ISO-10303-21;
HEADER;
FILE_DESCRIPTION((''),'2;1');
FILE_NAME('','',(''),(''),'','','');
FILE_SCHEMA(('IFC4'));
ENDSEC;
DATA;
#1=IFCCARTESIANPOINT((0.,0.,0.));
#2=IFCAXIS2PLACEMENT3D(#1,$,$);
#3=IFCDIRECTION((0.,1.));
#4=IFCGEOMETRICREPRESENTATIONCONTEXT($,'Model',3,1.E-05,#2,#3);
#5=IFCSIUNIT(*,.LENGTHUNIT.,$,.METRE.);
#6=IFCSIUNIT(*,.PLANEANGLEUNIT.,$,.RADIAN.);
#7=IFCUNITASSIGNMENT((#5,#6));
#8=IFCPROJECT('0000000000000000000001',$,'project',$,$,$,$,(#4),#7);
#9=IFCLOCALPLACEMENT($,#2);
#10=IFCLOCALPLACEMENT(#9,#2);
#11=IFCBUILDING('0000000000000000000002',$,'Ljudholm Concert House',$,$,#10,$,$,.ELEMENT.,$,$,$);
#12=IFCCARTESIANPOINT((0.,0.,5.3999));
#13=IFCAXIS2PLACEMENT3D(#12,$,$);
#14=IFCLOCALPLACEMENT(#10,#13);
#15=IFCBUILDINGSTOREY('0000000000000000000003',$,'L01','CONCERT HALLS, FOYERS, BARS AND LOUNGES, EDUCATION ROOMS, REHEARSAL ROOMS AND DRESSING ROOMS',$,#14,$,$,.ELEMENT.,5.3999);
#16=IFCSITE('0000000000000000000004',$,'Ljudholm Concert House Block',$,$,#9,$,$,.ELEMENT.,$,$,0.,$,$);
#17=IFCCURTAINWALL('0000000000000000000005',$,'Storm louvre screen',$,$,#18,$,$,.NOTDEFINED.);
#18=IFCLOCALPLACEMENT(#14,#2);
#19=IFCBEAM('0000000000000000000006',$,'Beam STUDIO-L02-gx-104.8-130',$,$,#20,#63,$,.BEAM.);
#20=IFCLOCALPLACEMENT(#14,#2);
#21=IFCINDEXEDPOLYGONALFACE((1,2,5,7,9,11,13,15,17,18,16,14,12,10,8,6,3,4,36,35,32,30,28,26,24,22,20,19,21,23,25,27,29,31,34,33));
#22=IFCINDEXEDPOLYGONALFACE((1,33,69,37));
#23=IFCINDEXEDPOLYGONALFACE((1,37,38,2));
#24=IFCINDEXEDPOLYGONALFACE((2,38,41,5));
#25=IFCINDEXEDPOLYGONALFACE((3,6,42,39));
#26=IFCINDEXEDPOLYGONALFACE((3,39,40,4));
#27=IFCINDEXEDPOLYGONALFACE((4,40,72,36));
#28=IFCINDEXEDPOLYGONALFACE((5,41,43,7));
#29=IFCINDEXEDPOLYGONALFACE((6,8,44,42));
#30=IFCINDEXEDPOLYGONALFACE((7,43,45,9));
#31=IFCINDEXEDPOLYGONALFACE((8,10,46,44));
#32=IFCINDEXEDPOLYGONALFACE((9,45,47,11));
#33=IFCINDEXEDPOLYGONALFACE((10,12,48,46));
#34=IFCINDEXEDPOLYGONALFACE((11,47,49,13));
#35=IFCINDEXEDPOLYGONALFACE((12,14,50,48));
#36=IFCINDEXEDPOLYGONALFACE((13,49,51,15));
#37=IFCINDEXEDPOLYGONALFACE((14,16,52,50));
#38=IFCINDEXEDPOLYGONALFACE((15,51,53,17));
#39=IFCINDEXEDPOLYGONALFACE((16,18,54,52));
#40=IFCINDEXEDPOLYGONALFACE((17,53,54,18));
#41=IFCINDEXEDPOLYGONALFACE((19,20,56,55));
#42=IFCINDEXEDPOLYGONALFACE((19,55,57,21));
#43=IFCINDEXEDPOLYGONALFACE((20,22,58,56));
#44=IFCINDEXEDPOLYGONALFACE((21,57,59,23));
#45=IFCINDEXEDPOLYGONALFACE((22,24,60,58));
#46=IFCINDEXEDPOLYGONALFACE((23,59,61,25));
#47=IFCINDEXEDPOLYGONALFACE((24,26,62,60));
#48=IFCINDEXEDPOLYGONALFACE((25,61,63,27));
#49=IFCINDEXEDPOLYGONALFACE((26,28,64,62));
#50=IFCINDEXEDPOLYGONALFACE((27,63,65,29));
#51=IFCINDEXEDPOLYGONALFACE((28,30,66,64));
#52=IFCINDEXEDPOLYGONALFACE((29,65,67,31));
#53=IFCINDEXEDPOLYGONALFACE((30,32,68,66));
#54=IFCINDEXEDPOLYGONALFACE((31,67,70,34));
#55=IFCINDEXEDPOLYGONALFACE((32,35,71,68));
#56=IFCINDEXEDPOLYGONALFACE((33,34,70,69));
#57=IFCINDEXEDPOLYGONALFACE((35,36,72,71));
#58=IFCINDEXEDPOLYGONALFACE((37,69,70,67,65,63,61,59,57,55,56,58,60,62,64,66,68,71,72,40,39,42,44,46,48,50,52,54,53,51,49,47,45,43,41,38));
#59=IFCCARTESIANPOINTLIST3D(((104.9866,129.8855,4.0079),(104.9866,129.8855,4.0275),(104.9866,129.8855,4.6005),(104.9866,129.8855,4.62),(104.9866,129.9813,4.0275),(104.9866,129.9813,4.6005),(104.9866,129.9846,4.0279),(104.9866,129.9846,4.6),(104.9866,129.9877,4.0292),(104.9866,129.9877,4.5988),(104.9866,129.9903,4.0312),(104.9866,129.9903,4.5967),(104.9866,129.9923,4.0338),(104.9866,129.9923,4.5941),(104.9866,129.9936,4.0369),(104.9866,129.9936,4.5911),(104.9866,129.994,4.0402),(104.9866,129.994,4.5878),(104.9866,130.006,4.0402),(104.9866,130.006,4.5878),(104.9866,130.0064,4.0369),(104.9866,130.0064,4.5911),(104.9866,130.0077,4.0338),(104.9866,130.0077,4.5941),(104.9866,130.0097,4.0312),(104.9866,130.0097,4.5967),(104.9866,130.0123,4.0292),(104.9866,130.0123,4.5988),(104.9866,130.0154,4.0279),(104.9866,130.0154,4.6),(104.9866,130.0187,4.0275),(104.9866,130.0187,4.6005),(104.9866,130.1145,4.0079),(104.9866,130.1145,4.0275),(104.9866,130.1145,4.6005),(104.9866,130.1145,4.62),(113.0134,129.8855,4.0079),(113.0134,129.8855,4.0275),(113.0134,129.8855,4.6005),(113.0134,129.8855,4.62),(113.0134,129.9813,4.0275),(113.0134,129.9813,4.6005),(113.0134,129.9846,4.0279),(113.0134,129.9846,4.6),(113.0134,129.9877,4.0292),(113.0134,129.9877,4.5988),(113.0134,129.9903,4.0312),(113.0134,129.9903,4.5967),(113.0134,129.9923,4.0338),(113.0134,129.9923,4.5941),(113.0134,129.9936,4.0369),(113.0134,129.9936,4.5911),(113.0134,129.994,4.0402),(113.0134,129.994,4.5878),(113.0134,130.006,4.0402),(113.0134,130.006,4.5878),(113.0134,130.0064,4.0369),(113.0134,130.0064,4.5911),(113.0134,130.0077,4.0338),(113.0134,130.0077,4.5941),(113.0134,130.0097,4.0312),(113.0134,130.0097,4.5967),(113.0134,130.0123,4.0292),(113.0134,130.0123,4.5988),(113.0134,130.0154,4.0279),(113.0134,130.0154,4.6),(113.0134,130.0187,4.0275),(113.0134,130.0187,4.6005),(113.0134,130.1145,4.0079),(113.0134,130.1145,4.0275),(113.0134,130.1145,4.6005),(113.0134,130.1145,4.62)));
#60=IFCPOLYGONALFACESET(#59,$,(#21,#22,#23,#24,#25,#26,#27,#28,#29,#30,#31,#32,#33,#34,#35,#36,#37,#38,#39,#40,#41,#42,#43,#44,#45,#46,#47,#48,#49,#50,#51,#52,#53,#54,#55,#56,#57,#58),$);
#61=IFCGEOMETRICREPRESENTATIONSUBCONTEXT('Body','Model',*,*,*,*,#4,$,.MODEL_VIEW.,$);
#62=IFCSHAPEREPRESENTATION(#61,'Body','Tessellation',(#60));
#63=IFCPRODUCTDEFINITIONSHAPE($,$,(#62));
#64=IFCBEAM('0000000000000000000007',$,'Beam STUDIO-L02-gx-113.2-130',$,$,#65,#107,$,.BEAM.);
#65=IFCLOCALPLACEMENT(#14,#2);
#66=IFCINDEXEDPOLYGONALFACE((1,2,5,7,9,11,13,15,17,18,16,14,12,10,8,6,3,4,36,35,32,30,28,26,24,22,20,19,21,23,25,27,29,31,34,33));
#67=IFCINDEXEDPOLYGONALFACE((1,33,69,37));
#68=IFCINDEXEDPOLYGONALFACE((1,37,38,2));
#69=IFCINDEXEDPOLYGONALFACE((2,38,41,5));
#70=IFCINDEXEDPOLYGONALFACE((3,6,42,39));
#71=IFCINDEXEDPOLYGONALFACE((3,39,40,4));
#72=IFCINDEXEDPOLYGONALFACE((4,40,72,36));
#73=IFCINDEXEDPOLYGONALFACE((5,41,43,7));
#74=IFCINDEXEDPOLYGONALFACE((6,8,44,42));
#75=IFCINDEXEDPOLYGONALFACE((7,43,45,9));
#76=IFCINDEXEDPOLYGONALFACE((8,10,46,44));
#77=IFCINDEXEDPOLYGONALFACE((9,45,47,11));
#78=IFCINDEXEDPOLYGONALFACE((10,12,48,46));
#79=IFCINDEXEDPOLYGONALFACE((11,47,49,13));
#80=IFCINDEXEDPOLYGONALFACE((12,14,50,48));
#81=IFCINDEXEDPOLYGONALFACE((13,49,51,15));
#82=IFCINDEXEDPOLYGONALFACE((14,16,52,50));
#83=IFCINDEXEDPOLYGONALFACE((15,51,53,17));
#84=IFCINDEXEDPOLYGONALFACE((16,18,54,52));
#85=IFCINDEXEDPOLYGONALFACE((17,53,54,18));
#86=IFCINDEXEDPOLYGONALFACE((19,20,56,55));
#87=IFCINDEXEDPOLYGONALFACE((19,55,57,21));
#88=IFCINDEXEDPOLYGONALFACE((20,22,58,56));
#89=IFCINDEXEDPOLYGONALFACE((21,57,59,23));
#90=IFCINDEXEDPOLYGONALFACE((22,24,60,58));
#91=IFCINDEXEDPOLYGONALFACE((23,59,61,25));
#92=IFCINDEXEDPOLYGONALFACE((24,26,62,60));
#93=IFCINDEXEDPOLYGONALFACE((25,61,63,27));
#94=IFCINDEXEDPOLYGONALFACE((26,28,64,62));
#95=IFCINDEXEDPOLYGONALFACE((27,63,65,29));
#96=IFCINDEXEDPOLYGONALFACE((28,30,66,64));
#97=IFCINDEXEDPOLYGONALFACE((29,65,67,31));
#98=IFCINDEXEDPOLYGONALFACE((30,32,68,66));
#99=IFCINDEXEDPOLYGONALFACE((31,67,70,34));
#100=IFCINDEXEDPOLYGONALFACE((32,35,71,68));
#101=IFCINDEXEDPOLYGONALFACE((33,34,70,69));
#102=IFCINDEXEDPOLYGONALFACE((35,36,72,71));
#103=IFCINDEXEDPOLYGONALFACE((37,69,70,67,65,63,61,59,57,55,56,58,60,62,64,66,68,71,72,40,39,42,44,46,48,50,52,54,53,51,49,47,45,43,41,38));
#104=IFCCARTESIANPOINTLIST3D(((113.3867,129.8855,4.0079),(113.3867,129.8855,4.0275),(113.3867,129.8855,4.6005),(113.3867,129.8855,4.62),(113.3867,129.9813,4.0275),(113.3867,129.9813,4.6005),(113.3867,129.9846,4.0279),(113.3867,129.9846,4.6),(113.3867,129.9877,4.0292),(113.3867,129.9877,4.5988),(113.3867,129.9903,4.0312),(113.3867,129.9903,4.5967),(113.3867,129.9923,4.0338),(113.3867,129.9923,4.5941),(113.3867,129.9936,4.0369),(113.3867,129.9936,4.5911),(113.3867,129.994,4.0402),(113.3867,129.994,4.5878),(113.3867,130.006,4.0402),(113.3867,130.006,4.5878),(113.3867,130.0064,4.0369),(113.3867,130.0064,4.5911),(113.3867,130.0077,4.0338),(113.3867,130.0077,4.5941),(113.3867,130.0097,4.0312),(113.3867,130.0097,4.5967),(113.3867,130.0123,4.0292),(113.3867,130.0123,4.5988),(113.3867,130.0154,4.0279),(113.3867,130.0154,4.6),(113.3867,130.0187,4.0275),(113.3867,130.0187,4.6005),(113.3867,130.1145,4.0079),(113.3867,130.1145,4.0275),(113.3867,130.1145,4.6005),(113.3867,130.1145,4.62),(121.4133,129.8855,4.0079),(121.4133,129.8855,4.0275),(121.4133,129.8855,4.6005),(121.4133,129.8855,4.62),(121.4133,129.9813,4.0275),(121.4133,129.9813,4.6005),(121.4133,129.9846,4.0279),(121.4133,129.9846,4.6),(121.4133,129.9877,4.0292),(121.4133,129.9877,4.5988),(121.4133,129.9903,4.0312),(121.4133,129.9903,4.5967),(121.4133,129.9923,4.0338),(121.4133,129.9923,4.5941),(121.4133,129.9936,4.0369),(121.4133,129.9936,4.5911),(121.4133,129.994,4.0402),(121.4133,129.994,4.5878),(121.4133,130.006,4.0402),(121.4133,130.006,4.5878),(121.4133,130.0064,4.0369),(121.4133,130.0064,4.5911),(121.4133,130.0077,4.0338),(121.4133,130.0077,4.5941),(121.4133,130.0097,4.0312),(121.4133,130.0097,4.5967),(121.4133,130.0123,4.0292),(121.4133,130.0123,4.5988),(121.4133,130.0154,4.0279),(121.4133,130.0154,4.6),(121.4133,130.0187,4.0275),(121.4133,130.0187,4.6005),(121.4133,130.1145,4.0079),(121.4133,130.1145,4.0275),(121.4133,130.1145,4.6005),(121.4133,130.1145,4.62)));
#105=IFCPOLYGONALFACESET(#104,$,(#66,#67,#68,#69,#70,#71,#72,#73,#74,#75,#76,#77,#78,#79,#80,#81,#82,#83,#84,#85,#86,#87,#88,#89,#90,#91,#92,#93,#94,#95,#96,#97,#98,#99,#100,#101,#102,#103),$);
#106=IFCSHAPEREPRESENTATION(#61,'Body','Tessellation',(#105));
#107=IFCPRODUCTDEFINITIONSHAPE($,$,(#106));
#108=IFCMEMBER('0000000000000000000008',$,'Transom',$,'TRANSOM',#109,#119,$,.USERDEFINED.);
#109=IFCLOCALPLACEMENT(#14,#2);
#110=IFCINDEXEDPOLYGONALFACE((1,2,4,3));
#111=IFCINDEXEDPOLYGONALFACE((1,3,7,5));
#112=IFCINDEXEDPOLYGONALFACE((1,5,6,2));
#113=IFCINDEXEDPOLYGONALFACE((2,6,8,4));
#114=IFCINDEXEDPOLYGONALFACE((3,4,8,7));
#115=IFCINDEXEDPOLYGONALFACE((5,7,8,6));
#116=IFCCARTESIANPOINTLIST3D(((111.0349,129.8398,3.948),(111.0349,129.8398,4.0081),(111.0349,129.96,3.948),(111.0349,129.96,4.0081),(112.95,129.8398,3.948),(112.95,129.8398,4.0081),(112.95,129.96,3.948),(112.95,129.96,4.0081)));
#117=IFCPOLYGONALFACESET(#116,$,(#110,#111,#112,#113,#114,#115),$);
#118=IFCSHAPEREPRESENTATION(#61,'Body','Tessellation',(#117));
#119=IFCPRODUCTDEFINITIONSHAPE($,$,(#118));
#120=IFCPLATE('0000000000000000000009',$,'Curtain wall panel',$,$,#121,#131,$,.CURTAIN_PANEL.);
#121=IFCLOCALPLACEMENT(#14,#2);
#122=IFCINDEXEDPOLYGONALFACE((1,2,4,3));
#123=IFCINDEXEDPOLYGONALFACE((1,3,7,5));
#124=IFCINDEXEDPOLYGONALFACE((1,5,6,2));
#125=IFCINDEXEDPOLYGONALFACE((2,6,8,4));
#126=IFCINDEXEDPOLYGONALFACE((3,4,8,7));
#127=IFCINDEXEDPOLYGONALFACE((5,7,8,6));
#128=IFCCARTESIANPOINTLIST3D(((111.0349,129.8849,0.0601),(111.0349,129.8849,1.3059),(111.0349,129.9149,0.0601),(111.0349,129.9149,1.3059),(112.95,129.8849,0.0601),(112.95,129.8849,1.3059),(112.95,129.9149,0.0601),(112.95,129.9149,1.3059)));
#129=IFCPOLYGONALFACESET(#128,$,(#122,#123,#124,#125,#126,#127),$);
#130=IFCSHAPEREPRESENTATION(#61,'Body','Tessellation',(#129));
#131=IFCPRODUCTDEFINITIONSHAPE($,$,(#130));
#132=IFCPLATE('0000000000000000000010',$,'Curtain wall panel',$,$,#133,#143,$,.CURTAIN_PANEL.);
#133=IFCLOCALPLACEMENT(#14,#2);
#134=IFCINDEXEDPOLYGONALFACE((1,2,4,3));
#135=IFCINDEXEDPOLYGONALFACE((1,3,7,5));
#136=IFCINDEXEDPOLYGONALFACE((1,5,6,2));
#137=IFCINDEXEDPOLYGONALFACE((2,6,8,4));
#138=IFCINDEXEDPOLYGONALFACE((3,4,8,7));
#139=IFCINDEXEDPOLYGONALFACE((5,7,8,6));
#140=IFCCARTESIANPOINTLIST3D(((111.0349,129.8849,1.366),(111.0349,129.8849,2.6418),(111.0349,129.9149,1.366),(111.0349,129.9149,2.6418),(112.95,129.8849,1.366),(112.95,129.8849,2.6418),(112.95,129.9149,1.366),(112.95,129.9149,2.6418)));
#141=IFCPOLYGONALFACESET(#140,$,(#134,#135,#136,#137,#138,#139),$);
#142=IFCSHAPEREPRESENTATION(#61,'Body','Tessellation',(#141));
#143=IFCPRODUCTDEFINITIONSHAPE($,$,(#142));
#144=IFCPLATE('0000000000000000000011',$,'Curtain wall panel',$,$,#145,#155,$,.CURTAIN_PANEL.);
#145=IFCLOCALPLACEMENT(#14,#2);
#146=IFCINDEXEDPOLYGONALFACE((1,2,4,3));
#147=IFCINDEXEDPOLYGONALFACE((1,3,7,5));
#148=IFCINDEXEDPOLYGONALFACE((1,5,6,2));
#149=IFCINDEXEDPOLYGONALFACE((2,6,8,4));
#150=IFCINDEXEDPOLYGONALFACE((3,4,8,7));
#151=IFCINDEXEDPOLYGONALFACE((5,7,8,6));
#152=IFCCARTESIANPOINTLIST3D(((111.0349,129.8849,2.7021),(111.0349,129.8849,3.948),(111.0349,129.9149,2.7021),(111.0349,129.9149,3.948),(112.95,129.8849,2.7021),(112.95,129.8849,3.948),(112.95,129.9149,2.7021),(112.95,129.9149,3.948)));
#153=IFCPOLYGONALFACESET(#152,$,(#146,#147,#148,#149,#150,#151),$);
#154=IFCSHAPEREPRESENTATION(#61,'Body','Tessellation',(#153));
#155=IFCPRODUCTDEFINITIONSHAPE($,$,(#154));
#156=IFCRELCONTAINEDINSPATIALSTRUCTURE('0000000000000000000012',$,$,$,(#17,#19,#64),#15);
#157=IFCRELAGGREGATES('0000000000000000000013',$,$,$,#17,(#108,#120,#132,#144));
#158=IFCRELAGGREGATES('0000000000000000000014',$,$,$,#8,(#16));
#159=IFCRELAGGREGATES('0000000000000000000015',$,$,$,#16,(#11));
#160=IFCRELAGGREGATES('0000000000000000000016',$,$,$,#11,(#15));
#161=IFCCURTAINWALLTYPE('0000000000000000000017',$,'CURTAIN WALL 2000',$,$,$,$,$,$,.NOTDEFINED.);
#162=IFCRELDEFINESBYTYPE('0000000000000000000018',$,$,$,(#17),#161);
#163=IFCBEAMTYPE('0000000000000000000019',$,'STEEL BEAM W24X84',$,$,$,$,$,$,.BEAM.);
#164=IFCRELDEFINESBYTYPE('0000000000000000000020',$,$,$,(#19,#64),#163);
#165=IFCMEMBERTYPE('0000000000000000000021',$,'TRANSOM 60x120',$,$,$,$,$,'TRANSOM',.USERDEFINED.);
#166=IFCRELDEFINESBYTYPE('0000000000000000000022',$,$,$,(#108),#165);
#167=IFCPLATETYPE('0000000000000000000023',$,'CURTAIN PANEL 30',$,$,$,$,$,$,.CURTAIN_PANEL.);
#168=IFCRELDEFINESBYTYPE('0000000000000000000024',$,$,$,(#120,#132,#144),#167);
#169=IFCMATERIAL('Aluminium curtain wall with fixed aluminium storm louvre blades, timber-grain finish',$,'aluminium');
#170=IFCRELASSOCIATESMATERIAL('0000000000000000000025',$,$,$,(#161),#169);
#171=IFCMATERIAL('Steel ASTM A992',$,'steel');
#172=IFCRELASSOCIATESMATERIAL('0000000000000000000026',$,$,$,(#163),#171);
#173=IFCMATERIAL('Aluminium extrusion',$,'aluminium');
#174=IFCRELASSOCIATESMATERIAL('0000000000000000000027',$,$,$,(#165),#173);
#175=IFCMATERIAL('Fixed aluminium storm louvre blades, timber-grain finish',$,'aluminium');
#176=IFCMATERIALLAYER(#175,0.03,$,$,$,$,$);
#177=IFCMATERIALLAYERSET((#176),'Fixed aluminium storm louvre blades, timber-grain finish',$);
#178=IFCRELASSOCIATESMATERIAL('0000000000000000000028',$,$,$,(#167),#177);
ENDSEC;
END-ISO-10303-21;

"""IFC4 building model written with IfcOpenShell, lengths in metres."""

from ifc_helpers import new_model, si_unit, direction, frame, origin, origin_2d, place, context, subcontext, project, spatial, rectangle, i_section, extrude, material, layer, layer_set, material_profile, profile_set, type_object, element, aggregate, save


model = new_model("IFC4")

# Units and contexts
model_context = context("Model", 3, precision=1e-05, world=origin(), true_north=direction((0.0, 1.0)))
body_context = subcontext(model_context, "Body", "Model", "MODEL_VIEW")
ifc_project = project(units=[si_unit("LENGTHUNIT", "METRE"), si_unit("PLANEANGLEUNIT", "RADIAN")], contexts=[model_context])

# Site, building, storey
site_placement = place(None, origin())
site = spatial("IfcSite", under=ifc_project, at=site_placement, Name="Ljudholm Concert House Block", CompositionType="ELEMENT", RefElevation=0.0)
building_placement = place(site_placement, origin())
building = spatial("IfcBuilding", under=site, at=building_placement, Name="Ljudholm Concert House", CompositionType="ELEMENT")
storey_placement = place(building_placement, frame((0.0, 0.0, 5.3999)))
storey = spatial("IfcBuildingStorey", under=building, at=storey_placement, Name="L01", Description="CONCERT HALLS, FOYERS, BARS AND LOUNGES, EDUCATION ROOMS, REHEARSAL ROOMS AND DRESSING ROOMS", CompositionType="ELEMENT", Elevation=5.3999)

# Curtain wall
ifc_material_1 = material(Name="Aluminium curtain wall with fixed aluminium storm louvre blades, timber-grain finish", Category="aluminium")
curtain_wall_type = type_object("IfcCurtainWallType", Name="CURTAIN WALL 2000", PredefinedType="NOTDEFINED", material=ifc_material_1)
curtain_wall_placement = place(storey_placement, origin())
curtain_wall = element("IfcCurtainWall", 1, at=curtain_wall_placement, inside=storey, type_object=curtain_wall_type, Name="Storm louvre screen", PredefinedType="NOTDEFINED")

# Beams
ifc_material_2 = material(Name="Steel ASTM A992", Category="steel")
ifc_material_profile_1 = material_profile(ifc_material_2, i_section(OverallWidth=0.229, OverallDepth=0.6121, WebThickness=0.012, FlangeThickness=0.0195, FilletRadius=0.0127, at=origin_2d()), Name="W24X84")
ifc_profile_set_1 = profile_set([ifc_material_profile_1], Name="Steel ASTM A992")
beam_type = type_object("IfcBeamType", Name="STEEL BEAM W24X84", PredefinedType="BEAM", material=ifc_profile_set_1)
beam_1_placement = place(storey_placement, frame((104.9866, 130.0, 4.314), z_axis=(1.0, 0.0, 0.0), x_axis=(0.0, 1.0, 0.0)))
element("IfcBeam", 2, at=beam_1_placement, inside=storey, type_object=beam_type, Name="Beam STUDIO-L02-gx-104.8-130", PredefinedType="BEAM", context=body_context, shape_type="SweptSolid", body=[
    extrude(i_section(OverallWidth=0.229, OverallDepth=0.6121, WebThickness=0.012, FlangeThickness=0.0195, FilletRadius=0.0127, at=origin_2d()), origin(), (0.0, 0.0, 1.0), 8.0269),
])
beam_2_placement = place(storey_placement, frame((113.3867, 130.0, 4.314), z_axis=(1.0, 0.0, 0.0), x_axis=(0.0, 1.0, 0.0)))
element("IfcBeam", 3, at=beam_2_placement, inside=storey, type_object=beam_type, Name="Beam STUDIO-L02-gx-113.2-130", PredefinedType="BEAM", context=body_context, shape_type="SweptSolid", body=[
    extrude(i_section(OverallWidth=0.229, OverallDepth=0.6121, WebThickness=0.012, FlangeThickness=0.0195, FilletRadius=0.0127, at=origin_2d()), origin(), (0.0, 0.0, 1.0), 8.0266),
])

# Member
ifc_material_3 = material(Name="Aluminium extrusion", Category="aluminium")
ifc_material_profile_2 = material_profile(ifc_material_3, rectangle(XDim=0.1201, YDim=0.0601, at=origin_2d()), Name="TRANSOM 60x120")
ifc_profile_set_2 = profile_set([ifc_material_profile_2], Name="Aluminium extrusion")
member_type_1 = type_object("IfcMemberType", Name="TRANSOM 60x120", ElementType="TRANSOM", PredefinedType="USERDEFINED", material=ifc_profile_set_2)
member_1_placement = place(storey_placement, frame((111.0349, 129.8999, 3.978), z_axis=(1.0, 0.0, 0.0), x_axis=(0.0, 1.0, 0.0)))
member_1 = element("IfcMember", 4, at=member_1_placement, type_object=member_type_1, Name="Transom", ObjectType="TRANSOM", PredefinedType="USERDEFINED", context=body_context, shape_type="SweptSolid", body=[
    extrude(rectangle(XDim=0.1201, YDim=0.0601, at=origin_2d()), origin(), (0.0, 0.0, 1.0), 1.915),
])

# Plates
ifc_material_4 = material(Name="Fixed aluminium storm louvre blades, timber-grain finish", Category="aluminium")
ifc_layer_1 = layer(ifc_material_4, 0.03)
ifc_layer_set_1 = layer_set([ifc_layer_1], Name="Fixed aluminium storm louvre blades, timber-grain finish")
plate_type = type_object("IfcPlateType", Name="CURTAIN PANEL 30", PredefinedType="CURTAIN_PANEL", material=ifc_layer_set_1)
plate_1_placement = place(storey_placement, frame((111.9924, 129.8999, 0.0601), z_axis=(0.0, 0.0, 1.0), x_axis=(1.0, 0.0, 0.0)))
plate_1 = element("IfcPlate", 5, at=plate_1_placement, type_object=plate_type, Name="Curtain wall panel", PredefinedType="CURTAIN_PANEL", context=body_context, shape_type="SweptSolid", body=[
    extrude(rectangle(XDim=1.915, YDim=0.03, at=origin_2d()), origin(), (0.0, 0.0, 1.0), 1.2458),
])
plate_2_placement = place(storey_placement, frame((111.9924, 129.8999, 1.366), z_axis=(0.0, 0.0, 1.0), x_axis=(1.0, 0.0, 0.0)))
plate_2 = element("IfcPlate", 6, at=plate_2_placement, type_object=plate_type, Name="Curtain wall panel", PredefinedType="CURTAIN_PANEL", context=body_context, shape_type="SweptSolid", body=[
    extrude(rectangle(XDim=1.915, YDim=0.03, at=origin_2d()), origin(), (0.0, 0.0, 1.0), 1.2759),
])
plate_3_placement = place(storey_placement, frame((111.9924, 129.8999, 2.7021), z_axis=(0.0, 0.0, 1.0), x_axis=(1.0, 0.0, 0.0)))
plate_3 = element("IfcPlate", 7, at=plate_3_placement, type_object=plate_type, Name="Curtain wall panel", PredefinedType="CURTAIN_PANEL", context=body_context, shape_type="SweptSolid", body=[
    extrude(rectangle(XDim=1.915, YDim=0.03, at=origin_2d()), origin(), (0.0, 0.0, 1.0), 1.2458),
])
aggregate(curtain_wall, [member_1, plate_1, plate_2, plate_3])

save(model, "model.ifc")
